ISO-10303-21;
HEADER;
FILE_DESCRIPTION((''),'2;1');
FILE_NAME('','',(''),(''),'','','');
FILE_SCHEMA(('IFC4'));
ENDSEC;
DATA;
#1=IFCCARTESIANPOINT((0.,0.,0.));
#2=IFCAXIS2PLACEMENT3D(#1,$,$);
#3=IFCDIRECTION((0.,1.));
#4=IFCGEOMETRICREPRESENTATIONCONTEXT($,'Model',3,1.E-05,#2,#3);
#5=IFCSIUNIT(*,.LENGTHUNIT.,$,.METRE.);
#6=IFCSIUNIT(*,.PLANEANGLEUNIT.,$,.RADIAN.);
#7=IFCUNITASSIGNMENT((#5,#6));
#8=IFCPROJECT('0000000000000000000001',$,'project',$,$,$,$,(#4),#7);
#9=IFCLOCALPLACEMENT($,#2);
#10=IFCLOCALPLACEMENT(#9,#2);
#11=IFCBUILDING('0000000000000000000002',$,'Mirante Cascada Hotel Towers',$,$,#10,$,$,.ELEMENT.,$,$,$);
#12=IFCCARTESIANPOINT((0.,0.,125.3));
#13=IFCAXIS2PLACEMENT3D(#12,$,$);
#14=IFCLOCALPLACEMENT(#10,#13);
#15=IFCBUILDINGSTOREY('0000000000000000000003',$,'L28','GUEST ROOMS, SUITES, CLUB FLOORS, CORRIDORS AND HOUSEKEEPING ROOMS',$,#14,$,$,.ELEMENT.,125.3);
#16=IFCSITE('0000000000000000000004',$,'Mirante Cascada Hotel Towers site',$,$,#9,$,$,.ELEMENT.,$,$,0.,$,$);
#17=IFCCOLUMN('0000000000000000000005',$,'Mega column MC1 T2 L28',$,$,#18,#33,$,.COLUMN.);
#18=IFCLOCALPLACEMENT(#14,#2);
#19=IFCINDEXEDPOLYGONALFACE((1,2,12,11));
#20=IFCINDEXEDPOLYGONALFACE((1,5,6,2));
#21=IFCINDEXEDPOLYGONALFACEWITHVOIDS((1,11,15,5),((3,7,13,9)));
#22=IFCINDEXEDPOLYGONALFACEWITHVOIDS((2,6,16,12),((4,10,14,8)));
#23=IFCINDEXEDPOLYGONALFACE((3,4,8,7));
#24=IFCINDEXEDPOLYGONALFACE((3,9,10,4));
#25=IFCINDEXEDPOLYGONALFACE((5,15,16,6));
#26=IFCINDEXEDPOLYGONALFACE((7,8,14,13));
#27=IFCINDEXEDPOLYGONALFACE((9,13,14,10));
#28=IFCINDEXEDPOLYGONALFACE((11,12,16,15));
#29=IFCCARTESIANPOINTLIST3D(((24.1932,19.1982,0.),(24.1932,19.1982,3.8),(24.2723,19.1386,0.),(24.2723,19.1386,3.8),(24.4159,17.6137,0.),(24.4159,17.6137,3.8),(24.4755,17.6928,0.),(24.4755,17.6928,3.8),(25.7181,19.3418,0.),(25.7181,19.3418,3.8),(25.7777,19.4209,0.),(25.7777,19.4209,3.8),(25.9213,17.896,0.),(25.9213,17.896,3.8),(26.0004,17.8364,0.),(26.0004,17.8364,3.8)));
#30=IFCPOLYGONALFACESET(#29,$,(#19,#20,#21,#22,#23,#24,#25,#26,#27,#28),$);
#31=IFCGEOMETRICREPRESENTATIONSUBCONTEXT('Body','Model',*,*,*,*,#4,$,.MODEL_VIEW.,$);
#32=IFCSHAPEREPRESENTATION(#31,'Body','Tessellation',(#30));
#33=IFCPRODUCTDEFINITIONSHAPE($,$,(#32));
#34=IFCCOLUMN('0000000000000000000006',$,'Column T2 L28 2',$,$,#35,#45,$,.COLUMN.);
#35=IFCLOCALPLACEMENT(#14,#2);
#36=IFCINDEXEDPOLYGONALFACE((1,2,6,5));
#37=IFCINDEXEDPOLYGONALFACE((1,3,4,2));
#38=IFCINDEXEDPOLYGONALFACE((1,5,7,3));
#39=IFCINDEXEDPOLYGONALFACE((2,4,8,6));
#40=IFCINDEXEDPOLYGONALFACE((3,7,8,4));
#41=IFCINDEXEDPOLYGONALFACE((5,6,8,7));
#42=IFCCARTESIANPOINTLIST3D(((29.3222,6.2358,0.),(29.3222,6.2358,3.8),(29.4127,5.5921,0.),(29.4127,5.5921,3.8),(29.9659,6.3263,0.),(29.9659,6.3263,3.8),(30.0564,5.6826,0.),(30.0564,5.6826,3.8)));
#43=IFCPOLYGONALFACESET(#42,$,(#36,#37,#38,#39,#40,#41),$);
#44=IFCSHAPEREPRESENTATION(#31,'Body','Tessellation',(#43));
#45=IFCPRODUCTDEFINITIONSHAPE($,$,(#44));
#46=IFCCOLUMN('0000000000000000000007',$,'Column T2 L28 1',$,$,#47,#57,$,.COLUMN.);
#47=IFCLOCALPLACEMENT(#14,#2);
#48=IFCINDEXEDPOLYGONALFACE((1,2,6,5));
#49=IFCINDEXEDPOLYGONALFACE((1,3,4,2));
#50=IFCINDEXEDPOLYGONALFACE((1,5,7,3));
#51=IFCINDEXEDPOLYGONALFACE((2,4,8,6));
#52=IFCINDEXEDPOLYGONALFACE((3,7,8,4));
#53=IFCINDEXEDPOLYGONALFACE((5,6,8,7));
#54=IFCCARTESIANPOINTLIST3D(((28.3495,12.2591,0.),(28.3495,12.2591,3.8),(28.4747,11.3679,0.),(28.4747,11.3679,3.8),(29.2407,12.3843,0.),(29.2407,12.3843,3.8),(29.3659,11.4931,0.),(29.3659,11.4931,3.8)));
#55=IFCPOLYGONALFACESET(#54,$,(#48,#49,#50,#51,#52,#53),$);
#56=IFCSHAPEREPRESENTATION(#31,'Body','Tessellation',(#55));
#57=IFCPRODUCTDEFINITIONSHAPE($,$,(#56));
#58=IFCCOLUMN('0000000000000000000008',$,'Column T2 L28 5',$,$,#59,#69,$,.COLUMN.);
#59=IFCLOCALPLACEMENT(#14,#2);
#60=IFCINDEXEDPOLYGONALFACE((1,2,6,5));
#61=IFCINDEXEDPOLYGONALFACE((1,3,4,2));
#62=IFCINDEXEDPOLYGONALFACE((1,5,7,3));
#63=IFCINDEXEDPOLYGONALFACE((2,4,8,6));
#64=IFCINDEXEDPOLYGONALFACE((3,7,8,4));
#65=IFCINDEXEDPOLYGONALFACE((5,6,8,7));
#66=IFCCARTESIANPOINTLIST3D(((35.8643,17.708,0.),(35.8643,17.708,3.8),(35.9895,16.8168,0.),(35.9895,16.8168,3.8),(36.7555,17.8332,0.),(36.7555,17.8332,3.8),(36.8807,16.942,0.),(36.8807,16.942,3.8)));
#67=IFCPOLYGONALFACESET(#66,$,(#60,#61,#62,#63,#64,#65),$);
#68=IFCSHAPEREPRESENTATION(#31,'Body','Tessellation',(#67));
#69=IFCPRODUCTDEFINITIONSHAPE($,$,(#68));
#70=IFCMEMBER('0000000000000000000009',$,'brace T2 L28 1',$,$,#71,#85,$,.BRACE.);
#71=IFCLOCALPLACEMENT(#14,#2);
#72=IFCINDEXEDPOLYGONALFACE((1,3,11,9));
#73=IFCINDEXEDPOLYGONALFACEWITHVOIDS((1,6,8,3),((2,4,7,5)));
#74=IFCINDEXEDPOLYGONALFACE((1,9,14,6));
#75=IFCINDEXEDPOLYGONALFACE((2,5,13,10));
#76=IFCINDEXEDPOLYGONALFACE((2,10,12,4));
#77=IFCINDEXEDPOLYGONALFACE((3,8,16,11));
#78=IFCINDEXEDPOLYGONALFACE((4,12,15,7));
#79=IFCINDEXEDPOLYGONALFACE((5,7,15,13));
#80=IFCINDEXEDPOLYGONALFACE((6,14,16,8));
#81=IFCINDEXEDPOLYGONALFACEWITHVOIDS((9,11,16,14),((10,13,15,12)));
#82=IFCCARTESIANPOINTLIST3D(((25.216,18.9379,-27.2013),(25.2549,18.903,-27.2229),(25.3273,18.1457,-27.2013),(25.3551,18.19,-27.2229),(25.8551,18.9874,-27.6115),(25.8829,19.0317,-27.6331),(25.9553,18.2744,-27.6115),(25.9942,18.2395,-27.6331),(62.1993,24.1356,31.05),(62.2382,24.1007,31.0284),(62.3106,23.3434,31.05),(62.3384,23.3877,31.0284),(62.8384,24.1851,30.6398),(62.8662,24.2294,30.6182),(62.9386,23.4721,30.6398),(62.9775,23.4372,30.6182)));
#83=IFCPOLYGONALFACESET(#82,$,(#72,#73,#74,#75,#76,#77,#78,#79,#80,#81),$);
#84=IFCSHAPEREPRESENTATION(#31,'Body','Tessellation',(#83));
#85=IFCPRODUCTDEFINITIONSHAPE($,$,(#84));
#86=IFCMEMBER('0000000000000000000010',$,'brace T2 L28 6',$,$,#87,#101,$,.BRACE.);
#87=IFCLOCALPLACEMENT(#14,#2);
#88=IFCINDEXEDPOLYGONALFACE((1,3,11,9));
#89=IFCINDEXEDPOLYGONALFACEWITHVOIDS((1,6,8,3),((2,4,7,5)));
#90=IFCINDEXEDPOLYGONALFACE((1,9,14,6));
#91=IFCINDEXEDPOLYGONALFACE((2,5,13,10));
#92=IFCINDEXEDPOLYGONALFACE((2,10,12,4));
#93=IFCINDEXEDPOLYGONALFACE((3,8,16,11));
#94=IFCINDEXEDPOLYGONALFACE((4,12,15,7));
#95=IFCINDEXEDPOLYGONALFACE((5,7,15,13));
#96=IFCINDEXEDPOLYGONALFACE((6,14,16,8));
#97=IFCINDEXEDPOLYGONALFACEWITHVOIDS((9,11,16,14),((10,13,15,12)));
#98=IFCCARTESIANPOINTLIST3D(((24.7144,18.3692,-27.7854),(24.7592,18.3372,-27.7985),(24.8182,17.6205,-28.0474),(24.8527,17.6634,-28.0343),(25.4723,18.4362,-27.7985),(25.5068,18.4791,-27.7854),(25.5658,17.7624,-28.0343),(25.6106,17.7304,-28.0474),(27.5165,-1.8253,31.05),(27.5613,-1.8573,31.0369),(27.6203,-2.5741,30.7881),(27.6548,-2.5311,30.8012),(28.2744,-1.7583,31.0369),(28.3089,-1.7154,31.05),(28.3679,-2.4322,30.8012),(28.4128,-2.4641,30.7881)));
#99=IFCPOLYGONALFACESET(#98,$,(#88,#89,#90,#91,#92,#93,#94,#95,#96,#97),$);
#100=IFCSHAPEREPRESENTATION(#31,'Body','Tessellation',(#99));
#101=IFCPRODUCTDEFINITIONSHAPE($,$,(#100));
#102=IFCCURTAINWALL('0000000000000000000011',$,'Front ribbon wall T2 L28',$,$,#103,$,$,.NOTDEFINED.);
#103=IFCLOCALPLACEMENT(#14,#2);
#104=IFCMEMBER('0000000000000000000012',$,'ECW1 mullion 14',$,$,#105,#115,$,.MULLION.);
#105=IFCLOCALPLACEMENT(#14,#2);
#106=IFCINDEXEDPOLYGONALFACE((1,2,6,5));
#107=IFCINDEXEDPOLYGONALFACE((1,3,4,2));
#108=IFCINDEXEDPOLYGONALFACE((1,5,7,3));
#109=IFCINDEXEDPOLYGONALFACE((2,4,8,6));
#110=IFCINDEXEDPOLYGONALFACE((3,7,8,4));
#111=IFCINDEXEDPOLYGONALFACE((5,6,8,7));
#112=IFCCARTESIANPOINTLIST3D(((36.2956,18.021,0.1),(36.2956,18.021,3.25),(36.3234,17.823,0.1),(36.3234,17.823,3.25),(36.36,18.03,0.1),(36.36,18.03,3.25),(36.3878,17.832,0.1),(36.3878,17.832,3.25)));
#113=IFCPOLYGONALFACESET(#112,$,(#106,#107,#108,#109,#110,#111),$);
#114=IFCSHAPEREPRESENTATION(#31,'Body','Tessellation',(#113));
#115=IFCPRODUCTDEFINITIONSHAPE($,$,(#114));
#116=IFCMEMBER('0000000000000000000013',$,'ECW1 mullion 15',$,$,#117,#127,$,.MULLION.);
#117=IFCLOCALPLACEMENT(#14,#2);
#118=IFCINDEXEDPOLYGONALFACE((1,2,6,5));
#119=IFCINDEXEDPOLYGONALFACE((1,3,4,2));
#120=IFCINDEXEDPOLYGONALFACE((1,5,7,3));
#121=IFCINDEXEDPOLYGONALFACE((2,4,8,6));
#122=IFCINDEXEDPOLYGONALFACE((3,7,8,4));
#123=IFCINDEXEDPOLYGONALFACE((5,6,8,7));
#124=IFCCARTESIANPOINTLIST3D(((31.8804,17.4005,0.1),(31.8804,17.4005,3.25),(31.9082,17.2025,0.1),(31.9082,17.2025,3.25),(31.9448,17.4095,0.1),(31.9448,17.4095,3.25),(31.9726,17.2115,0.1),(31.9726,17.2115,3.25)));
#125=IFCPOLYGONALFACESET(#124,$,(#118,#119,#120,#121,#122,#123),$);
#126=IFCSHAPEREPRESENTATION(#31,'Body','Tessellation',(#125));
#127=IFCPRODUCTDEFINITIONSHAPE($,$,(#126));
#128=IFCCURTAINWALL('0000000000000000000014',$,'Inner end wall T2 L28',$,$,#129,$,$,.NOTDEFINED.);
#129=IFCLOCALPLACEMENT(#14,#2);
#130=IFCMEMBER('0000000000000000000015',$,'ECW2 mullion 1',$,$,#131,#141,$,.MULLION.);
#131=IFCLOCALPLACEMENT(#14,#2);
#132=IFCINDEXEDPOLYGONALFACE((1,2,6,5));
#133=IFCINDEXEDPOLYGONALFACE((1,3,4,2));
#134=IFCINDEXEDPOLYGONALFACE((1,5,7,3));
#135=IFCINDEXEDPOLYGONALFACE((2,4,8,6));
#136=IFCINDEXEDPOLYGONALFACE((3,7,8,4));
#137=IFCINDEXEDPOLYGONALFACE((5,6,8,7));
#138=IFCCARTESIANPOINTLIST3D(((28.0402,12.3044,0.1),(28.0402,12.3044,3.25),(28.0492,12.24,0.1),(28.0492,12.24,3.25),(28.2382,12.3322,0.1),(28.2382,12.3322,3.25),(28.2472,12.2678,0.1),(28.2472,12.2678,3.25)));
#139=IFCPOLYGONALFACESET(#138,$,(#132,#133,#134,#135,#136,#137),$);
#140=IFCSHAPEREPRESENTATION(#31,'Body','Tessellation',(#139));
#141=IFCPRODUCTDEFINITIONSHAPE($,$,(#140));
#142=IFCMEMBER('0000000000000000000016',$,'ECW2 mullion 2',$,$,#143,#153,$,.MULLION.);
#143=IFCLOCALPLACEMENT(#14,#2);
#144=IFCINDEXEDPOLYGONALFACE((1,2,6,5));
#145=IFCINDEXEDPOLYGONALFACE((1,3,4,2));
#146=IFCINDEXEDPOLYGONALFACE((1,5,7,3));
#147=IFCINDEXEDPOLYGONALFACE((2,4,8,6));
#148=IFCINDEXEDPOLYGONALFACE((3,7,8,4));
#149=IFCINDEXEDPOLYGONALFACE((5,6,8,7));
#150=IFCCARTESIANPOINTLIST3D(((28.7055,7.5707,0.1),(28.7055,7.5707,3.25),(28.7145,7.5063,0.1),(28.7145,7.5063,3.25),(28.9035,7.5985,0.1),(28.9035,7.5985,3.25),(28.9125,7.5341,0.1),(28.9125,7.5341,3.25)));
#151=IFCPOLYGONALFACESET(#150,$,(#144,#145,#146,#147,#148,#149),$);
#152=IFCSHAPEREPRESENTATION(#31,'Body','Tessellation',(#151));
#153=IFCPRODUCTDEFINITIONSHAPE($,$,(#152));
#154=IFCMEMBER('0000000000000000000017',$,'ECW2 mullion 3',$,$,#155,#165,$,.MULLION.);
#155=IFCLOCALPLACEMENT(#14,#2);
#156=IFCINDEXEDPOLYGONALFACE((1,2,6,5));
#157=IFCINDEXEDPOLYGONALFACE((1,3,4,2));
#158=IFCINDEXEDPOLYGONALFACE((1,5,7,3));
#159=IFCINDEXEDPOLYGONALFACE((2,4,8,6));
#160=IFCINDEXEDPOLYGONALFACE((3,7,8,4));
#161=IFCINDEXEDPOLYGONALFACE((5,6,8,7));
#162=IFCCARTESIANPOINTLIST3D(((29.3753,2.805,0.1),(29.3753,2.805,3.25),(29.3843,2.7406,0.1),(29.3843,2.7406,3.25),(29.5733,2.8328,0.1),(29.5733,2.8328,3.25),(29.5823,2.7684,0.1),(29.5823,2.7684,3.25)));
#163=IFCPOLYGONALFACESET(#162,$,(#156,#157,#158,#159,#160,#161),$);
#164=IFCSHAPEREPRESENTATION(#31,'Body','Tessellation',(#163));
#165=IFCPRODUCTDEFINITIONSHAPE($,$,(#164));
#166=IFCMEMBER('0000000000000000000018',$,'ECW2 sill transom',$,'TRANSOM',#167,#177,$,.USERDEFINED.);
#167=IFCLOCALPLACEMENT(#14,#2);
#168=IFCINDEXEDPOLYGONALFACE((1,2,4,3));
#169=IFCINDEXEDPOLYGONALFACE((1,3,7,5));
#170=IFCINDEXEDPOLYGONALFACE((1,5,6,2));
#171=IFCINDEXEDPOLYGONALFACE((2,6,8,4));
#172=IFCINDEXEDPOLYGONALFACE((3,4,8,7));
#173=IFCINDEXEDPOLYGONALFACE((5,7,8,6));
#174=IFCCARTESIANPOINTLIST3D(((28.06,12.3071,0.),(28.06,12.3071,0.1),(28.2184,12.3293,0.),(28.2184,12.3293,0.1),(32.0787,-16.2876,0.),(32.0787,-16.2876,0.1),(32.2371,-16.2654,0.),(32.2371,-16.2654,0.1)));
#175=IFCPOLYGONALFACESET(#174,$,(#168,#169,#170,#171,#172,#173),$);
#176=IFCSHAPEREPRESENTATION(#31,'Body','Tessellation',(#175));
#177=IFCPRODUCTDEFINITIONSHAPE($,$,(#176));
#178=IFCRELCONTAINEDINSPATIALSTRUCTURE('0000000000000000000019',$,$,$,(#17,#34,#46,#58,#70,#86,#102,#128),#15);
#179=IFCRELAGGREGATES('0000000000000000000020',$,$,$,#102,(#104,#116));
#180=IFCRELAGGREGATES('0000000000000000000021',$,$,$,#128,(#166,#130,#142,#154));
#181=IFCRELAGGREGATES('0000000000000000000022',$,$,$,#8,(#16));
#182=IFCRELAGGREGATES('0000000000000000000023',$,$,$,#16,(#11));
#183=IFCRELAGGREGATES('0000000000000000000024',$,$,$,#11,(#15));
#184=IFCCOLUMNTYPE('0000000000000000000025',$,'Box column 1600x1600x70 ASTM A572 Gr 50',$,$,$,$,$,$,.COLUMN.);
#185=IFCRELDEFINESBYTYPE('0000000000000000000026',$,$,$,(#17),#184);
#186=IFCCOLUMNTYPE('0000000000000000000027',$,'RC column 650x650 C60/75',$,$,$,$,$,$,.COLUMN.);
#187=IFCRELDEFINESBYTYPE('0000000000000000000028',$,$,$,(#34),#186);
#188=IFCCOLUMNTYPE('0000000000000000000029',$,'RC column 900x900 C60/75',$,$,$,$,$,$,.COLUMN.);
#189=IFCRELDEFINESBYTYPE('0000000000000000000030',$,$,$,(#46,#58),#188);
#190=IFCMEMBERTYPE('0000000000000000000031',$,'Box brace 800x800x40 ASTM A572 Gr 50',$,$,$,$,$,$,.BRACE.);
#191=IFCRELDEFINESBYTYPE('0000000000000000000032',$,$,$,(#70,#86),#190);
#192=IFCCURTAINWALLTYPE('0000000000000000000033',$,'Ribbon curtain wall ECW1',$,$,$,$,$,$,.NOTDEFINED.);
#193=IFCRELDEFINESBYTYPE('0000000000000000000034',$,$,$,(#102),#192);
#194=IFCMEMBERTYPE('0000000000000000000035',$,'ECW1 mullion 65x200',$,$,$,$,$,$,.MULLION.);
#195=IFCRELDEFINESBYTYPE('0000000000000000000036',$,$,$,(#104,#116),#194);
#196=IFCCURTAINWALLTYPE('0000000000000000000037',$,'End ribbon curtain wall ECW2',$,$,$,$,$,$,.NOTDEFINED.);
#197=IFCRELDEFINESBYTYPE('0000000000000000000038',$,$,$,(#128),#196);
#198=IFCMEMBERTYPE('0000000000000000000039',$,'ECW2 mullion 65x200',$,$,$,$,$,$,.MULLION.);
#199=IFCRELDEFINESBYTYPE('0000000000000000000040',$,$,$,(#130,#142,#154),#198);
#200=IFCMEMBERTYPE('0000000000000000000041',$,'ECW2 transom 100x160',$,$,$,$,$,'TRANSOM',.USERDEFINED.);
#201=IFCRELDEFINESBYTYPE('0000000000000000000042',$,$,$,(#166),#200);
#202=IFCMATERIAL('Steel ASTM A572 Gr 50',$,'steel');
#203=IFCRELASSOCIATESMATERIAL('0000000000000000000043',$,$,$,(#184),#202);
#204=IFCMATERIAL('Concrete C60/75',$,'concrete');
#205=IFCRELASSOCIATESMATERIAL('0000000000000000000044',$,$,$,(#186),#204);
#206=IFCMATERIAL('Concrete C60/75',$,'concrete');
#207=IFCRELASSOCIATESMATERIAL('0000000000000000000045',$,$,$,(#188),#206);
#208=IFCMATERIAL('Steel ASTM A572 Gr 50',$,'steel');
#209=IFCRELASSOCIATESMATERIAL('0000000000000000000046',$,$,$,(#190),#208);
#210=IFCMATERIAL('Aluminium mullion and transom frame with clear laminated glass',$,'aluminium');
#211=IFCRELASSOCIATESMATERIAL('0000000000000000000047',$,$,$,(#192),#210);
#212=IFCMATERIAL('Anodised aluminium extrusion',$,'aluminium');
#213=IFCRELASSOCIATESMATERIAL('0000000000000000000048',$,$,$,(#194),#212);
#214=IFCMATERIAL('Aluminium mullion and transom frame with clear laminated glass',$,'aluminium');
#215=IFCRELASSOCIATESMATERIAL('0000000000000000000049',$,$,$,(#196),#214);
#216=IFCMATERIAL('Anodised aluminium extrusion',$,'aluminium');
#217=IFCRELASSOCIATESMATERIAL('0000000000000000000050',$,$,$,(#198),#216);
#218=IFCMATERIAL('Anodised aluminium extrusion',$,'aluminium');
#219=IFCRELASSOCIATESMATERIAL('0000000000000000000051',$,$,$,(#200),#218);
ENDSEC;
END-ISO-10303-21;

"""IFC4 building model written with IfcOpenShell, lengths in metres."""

from ifc_helpers import new_model, si_unit, direction, frame, origin, origin_2d, place, context, subcontext, project, spatial, rectangle, hollow_rectangle, extrude, material, material_profile, profile_set, type_object, element, aggregate, save


model = new_model("IFC4")

# Units and contexts
model_context = context("Model", 3, precision=1e-05, world=origin(), true_north=direction((0.0, 1.0)))
body_context = subcontext(model_context, "Body", "Model", "MODEL_VIEW")
ifc_project = project(units=[si_unit("LENGTHUNIT", "METRE"), si_unit("PLANEANGLEUNIT", "RADIAN")], contexts=[model_context])

# Site, building, storey
site_placement = place(None, origin())
site = spatial("IfcSite", under=ifc_project, at=site_placement, Name="Mirante Cascada Hotel Towers site", CompositionType="ELEMENT", RefElevation=0.0)
building_placement = place(site_placement, origin())
building = spatial("IfcBuilding", under=site, at=building_placement, Name="Mirante Cascada Hotel Towers", CompositionType="ELEMENT")
storey_placement = place(building_placement, frame((0.0, 0.0, 125.3)))
storey = spatial("IfcBuildingStorey", under=building, at=storey_placement, Name="L28", Description="GUEST ROOMS, SUITES, CLUB FLOORS, CORRIDORS AND HOUSEKEEPING ROOMS", CompositionType="ELEMENT", Elevation=125.3)

# Columns
ifc_material_1 = material(Name="Steel ASTM A572 Gr 50", Category="steel")
ifc_material_profile_1 = material_profile(ifc_material_1, hollow_rectangle(XDim=1.6, YDim=1.6, WallThickness=0.07, at=origin_2d()), Name="Box column 1600x1600x70 ASTM A572 Gr 50")
ifc_profile_set_1 = profile_set([ifc_material_profile_1], Name="Steel ASTM A572 Gr 50")
column_type_1 = type_object("IfcColumnType", Name="Box column 1600x1600x70 ASTM A572 Gr 50", PredefinedType="COLUMN", material=ifc_profile_set_1)
column_1_placement = place(storey_placement, frame((25.0968, 18.5173, 0.0), z_axis=(0.0, 0.0, 1.0), x_axis=(0.990268, 0.139173, 0.0)))
element("IfcColumn", 1, at=column_1_placement, inside=storey, type_object=column_type_1, Name="Mega column MC1 T2 L28", PredefinedType="COLUMN", context=body_context, shape_type="SweptSolid", body=[
    extrude(hollow_rectangle(XDim=1.6, YDim=1.6, WallThickness=0.07, at=origin_2d()), origin(), (0.0, 0.0, 1.0), 3.8),
])
ifc_material_2 = material(Name="Concrete C60/75", Category="concrete")
ifc_material_profile_2 = material_profile(ifc_material_2, rectangle(XDim=0.65, YDim=0.65, at=origin_2d()), Name="RC column 650x650 C60/75")
ifc_profile_set_2 = profile_set([ifc_material_profile_2], Name="Concrete C60/75")
column_type_2 = type_object("IfcColumnType", Name="RC column 650x650 C60/75", PredefinedType="COLUMN", material=ifc_profile_set_2)
column_2_placement = place(storey_placement, frame((29.6893, 5.9592, 0.0), z_axis=(0.0, 0.0, 1.0), x_axis=(0.990268, 0.139173, 0.0)))
element("IfcColumn", 2, at=column_2_placement, inside=storey, type_object=column_type_2, Name="Column T2 L28 2", PredefinedType="COLUMN", context=body_context, shape_type="SweptSolid", body=[
    extrude(rectangle(XDim=0.65, YDim=0.65, at=origin_2d()), origin(), (0.0, 0.0, 1.0), 3.8),
])
ifc_material_3 = material(Name="Concrete C60/75", Category="concrete")
ifc_material_profile_3 = material_profile(ifc_material_3, rectangle(XDim=0.9, YDim=0.9, at=origin_2d()), Name="RC column 900x900 C60/75")
ifc_profile_set_3 = profile_set([ifc_material_profile_3], Name="Concrete C60/75")
column_type_3 = type_object("IfcColumnType", Name="RC column 900x900 C60/75", PredefinedType="COLUMN", material=ifc_profile_set_3)
for number, where, z_axis, x_axis, name in (
    (3, (28.8577, 11.8761, 0.0), (0.0, 0.0, 1.0), (0.990268, 0.139173, 0.0), "Column T2 L28 1"),
    (4, (36.3725, 17.325, 0.0), (0.0, 0.0, 1.0), (0.990268, 0.139173, 0.0), "Column T2 L28 5"),
):
    element("IfcColumn", number, at=place(storey_placement, frame(where, z_axis=z_axis, x_axis=x_axis)), inside=storey, type_object=column_type_3, Name=name, PredefinedType="COLUMN", context=body_context, shape_type="SweptSolid", body=[
        extrude(rectangle(XDim=0.9, YDim=0.9, at=origin_2d()), origin(), (0.0, 0.0, 1.0), 3.8),
    ])

# Members
ifc_material_4 = material(Name="Steel ASTM A572 Gr 50", Category="steel")
ifc_material_profile_4 = material_profile(ifc_material_4, hollow_rectangle(XDim=0.8, YDim=0.8, WallThickness=0.04, at=origin_2d()), Name="Box brace 800x800x40 ASTM A572 Gr 50")
ifc_profile_set_4 = profile_set([ifc_material_profile_4], Name="Steel ASTM A572 Gr 50")
member_type_1 = type_object("IfcMemberType", Name="Box brace 800x800x40 ASTM A572 Gr 50", PredefinedType="BRACE", material=ifc_profile_set_4)
member_1_placement = place(storey_placement, frame((25.6051, 18.5887, -27.4172), z_axis=(0.534477, 0.075116, 0.841839), x_axis=(-0.139174, 0.990268, 0.0)))
element("IfcMember", 5, at=member_1_placement, inside=storey, type_object=member_type_1, Name="brace T2 L28 1", PredefinedType="BRACE", context=body_context, shape_type="SweptSolid", body=[
    extrude(hollow_rectangle(XDim=0.8, YDim=0.8, WallThickness=0.04, at=origin_2d()), origin(), (0.0, 0.0, 1.0), 69.1953),
])
member_2_placement = place(storey_placement, frame((25.1625, 18.0498, -27.9164), z_axis=(0.045001, -0.324317, 0.944877), x_axis=(0.99051, 0.137439, 0.0)))
element("IfcMember", 6, at=member_2_placement, inside=storey, type_object=member_type_1, Name="brace T2 L28 6", PredefinedType="BRACE", context=body_context, shape_type="SweptSolid", body=[
    extrude(hollow_rectangle(XDim=0.8, YDim=0.8, WallThickness=0.04, at=origin_2d()), origin(), (0.0, 0.0, 1.0), 62.2678),
])

# Curtain walls, members
ifc_material_5 = material(Name="Aluminium mullion and transom frame with clear laminated glass", Category="aluminium")
curtain_wall_type_1 = type_object("IfcCurtainWallType", Name="Ribbon curtain wall ECW1", PredefinedType="NOTDEFINED", material=ifc_material_5)
curtain_wall_1_placement = place(storey_placement, origin())
curtain_wall_1 = element("IfcCurtainWall", 7, at=curtain_wall_1_placement, inside=storey, type_object=curtain_wall_type_1, Name="Front ribbon wall T2 L28", PredefinedType="NOTDEFINED")
ifc_material_6 = material(Name="Anodised aluminium extrusion", Category="aluminium")
ifc_material_profile_5 = material_profile(ifc_material_6, rectangle(XDim=0.2, YDim=0.065, at=origin_2d()), Name="ECW1 MULLION 65x200")
ifc_profile_set_5 = profile_set([ifc_material_profile_5], Name="Anodised aluminium extrusion")
member_type_2 = type_object("IfcMemberType", Name="ECW1 mullion 65x200", PredefinedType="MULLION", material=ifc_profile_set_5)
member_3_placement = place(storey_placement, frame((36.3417, 17.9265, 0.1), z_axis=(0.0, 0.0, 1.0), x_axis=(0.139173, -0.990268, 0.0)))
member_3 = element("IfcMember", 8, at=member_3_placement, type_object=member_type_2, Name="ECW1 mullion 14", PredefinedType="MULLION", context=body_context, shape_type="SweptSolid", body=[
    extrude(rectangle(XDim=0.2, YDim=0.065, at=origin_2d()), origin(), (0.0, 0.0, 1.0), 3.15),
])
member_4_placement = place(storey_placement, frame((31.9265, 17.306, 0.1), z_axis=(0.0, 0.0, 1.0), x_axis=(0.139173, -0.990268, 0.0)))
member_4 = element("IfcMember", 9, at=member_4_placement, type_object=member_type_2, Name="ECW1 mullion 15", PredefinedType="MULLION", context=body_context, shape_type="SweptSolid", body=[
    extrude(rectangle(XDim=0.2, YDim=0.065, at=origin_2d()), origin(), (0.0, 0.0, 1.0), 3.15),
])
ifc_material_7 = material(Name="Aluminium mullion and transom frame with clear laminated glass", Category="aluminium")
curtain_wall_type_2 = type_object("IfcCurtainWallType", Name="End ribbon curtain wall ECW2", PredefinedType="NOTDEFINED", material=ifc_material_7)
curtain_wall_2_placement = place(storey_placement, origin())
curtain_wall_2 = element("IfcCurtainWall", 10, at=curtain_wall_2_placement, inside=storey, type_object=curtain_wall_type_2, Name="Inner end wall T2 L28", PredefinedType="NOTDEFINED")
ifc_material_8 = material(Name="Anodised aluminium extrusion", Category="aluminium")
ifc_material_profile_6 = material_profile(ifc_material_8, rectangle(XDim=0.2, YDim=0.065, at=origin_2d()), Name="ECW2 MULLION 65x200")
ifc_profile_set_6 = profile_set([ifc_material_profile_6], Name="Anodised aluminium extrusion")
member_type_3 = type_object("IfcMemberType", Name="ECW2 mullion 65x200", PredefinedType="MULLION", material=ifc_profile_set_6)
member_5_placement = place(storey_placement, frame((28.1437, 12.2861, 0.1), z_axis=(0.0, 0.0, 1.0), x_axis=(0.990268, 0.139173, 0.0)))
member_5 = element("IfcMember", 11, at=member_5_placement, type_object=member_type_3, Name="ECW2 mullion 1", PredefinedType="MULLION", context=body_context, shape_type="SweptSolid", body=[
    extrude(rectangle(XDim=0.2, YDim=0.065, at=origin_2d()), origin(), (0.0, 0.0, 1.0), 3.15),
])
member_6_placement = place(storey_placement, frame((28.809, 7.5524, 0.1), z_axis=(0.0, 0.0, 1.0), x_axis=(0.990268, 0.139173, 0.0)))
member_6 = element("IfcMember", 12, at=member_6_placement, type_object=member_type_3, Name="ECW2 mullion 2", PredefinedType="MULLION", context=body_context, shape_type="SweptSolid", body=[
    extrude(rectangle(XDim=0.2, YDim=0.065, at=origin_2d()), origin(), (0.0, 0.0, 1.0), 3.15),
])
member_7_placement = place(storey_placement, frame((29.4788, 2.7867, 0.1), z_axis=(0.0, 0.0, 1.0), x_axis=(0.990268, 0.139173, 0.0)))
member_7 = element("IfcMember", 13, at=member_7_placement, type_object=member_type_3, Name="ECW2 mullion 3", PredefinedType="MULLION", context=body_context, shape_type="SweptSolid", body=[
    extrude(rectangle(XDim=0.2, YDim=0.065, at=origin_2d()), origin(), (0.0, 0.0, 1.0), 3.15),
])
ifc_material_9 = material(Name="Anodised aluminium extrusion", Category="aluminium")
ifc_material_profile_7 = material_profile(ifc_material_9, rectangle(XDim=0.16, YDim=0.1, at=origin_2d()), Name="ECW2 TRANSOM 100x160")
ifc_profile_set_7 = profile_set([ifc_material_profile_7], Name="Anodised aluminium extrusion")
member_type_4 = type_object("IfcMemberType", Name="ECW2 transom 100x160", ElementType="TRANSOM", PredefinedType="USERDEFINED", material=ifc_profile_set_7)
member_8_placement = place(storey_placement, frame((28.1392, 12.3182, 0.05), z_axis=(0.139172, -0.990268, 0.0), x_axis=(0.990268, 0.139172, 0.0)))
member_8 = element("IfcMember", 14, at=member_8_placement, type_object=member_type_4, Name="ECW2 sill transom", ObjectType="TRANSOM", PredefinedType="USERDEFINED", context=body_context, shape_type="SweptSolid", body=[
    extrude(rectangle(XDim=0.16, YDim=0.1, at=origin_2d()), origin(), (0.0, 0.0, 1.0), 28.8757),
])

aggregate(curtain_wall_1, [member_3, member_4])
aggregate(curtain_wall_2, [member_8, member_5, member_6, member_7])

save(model, "model.ifc")
